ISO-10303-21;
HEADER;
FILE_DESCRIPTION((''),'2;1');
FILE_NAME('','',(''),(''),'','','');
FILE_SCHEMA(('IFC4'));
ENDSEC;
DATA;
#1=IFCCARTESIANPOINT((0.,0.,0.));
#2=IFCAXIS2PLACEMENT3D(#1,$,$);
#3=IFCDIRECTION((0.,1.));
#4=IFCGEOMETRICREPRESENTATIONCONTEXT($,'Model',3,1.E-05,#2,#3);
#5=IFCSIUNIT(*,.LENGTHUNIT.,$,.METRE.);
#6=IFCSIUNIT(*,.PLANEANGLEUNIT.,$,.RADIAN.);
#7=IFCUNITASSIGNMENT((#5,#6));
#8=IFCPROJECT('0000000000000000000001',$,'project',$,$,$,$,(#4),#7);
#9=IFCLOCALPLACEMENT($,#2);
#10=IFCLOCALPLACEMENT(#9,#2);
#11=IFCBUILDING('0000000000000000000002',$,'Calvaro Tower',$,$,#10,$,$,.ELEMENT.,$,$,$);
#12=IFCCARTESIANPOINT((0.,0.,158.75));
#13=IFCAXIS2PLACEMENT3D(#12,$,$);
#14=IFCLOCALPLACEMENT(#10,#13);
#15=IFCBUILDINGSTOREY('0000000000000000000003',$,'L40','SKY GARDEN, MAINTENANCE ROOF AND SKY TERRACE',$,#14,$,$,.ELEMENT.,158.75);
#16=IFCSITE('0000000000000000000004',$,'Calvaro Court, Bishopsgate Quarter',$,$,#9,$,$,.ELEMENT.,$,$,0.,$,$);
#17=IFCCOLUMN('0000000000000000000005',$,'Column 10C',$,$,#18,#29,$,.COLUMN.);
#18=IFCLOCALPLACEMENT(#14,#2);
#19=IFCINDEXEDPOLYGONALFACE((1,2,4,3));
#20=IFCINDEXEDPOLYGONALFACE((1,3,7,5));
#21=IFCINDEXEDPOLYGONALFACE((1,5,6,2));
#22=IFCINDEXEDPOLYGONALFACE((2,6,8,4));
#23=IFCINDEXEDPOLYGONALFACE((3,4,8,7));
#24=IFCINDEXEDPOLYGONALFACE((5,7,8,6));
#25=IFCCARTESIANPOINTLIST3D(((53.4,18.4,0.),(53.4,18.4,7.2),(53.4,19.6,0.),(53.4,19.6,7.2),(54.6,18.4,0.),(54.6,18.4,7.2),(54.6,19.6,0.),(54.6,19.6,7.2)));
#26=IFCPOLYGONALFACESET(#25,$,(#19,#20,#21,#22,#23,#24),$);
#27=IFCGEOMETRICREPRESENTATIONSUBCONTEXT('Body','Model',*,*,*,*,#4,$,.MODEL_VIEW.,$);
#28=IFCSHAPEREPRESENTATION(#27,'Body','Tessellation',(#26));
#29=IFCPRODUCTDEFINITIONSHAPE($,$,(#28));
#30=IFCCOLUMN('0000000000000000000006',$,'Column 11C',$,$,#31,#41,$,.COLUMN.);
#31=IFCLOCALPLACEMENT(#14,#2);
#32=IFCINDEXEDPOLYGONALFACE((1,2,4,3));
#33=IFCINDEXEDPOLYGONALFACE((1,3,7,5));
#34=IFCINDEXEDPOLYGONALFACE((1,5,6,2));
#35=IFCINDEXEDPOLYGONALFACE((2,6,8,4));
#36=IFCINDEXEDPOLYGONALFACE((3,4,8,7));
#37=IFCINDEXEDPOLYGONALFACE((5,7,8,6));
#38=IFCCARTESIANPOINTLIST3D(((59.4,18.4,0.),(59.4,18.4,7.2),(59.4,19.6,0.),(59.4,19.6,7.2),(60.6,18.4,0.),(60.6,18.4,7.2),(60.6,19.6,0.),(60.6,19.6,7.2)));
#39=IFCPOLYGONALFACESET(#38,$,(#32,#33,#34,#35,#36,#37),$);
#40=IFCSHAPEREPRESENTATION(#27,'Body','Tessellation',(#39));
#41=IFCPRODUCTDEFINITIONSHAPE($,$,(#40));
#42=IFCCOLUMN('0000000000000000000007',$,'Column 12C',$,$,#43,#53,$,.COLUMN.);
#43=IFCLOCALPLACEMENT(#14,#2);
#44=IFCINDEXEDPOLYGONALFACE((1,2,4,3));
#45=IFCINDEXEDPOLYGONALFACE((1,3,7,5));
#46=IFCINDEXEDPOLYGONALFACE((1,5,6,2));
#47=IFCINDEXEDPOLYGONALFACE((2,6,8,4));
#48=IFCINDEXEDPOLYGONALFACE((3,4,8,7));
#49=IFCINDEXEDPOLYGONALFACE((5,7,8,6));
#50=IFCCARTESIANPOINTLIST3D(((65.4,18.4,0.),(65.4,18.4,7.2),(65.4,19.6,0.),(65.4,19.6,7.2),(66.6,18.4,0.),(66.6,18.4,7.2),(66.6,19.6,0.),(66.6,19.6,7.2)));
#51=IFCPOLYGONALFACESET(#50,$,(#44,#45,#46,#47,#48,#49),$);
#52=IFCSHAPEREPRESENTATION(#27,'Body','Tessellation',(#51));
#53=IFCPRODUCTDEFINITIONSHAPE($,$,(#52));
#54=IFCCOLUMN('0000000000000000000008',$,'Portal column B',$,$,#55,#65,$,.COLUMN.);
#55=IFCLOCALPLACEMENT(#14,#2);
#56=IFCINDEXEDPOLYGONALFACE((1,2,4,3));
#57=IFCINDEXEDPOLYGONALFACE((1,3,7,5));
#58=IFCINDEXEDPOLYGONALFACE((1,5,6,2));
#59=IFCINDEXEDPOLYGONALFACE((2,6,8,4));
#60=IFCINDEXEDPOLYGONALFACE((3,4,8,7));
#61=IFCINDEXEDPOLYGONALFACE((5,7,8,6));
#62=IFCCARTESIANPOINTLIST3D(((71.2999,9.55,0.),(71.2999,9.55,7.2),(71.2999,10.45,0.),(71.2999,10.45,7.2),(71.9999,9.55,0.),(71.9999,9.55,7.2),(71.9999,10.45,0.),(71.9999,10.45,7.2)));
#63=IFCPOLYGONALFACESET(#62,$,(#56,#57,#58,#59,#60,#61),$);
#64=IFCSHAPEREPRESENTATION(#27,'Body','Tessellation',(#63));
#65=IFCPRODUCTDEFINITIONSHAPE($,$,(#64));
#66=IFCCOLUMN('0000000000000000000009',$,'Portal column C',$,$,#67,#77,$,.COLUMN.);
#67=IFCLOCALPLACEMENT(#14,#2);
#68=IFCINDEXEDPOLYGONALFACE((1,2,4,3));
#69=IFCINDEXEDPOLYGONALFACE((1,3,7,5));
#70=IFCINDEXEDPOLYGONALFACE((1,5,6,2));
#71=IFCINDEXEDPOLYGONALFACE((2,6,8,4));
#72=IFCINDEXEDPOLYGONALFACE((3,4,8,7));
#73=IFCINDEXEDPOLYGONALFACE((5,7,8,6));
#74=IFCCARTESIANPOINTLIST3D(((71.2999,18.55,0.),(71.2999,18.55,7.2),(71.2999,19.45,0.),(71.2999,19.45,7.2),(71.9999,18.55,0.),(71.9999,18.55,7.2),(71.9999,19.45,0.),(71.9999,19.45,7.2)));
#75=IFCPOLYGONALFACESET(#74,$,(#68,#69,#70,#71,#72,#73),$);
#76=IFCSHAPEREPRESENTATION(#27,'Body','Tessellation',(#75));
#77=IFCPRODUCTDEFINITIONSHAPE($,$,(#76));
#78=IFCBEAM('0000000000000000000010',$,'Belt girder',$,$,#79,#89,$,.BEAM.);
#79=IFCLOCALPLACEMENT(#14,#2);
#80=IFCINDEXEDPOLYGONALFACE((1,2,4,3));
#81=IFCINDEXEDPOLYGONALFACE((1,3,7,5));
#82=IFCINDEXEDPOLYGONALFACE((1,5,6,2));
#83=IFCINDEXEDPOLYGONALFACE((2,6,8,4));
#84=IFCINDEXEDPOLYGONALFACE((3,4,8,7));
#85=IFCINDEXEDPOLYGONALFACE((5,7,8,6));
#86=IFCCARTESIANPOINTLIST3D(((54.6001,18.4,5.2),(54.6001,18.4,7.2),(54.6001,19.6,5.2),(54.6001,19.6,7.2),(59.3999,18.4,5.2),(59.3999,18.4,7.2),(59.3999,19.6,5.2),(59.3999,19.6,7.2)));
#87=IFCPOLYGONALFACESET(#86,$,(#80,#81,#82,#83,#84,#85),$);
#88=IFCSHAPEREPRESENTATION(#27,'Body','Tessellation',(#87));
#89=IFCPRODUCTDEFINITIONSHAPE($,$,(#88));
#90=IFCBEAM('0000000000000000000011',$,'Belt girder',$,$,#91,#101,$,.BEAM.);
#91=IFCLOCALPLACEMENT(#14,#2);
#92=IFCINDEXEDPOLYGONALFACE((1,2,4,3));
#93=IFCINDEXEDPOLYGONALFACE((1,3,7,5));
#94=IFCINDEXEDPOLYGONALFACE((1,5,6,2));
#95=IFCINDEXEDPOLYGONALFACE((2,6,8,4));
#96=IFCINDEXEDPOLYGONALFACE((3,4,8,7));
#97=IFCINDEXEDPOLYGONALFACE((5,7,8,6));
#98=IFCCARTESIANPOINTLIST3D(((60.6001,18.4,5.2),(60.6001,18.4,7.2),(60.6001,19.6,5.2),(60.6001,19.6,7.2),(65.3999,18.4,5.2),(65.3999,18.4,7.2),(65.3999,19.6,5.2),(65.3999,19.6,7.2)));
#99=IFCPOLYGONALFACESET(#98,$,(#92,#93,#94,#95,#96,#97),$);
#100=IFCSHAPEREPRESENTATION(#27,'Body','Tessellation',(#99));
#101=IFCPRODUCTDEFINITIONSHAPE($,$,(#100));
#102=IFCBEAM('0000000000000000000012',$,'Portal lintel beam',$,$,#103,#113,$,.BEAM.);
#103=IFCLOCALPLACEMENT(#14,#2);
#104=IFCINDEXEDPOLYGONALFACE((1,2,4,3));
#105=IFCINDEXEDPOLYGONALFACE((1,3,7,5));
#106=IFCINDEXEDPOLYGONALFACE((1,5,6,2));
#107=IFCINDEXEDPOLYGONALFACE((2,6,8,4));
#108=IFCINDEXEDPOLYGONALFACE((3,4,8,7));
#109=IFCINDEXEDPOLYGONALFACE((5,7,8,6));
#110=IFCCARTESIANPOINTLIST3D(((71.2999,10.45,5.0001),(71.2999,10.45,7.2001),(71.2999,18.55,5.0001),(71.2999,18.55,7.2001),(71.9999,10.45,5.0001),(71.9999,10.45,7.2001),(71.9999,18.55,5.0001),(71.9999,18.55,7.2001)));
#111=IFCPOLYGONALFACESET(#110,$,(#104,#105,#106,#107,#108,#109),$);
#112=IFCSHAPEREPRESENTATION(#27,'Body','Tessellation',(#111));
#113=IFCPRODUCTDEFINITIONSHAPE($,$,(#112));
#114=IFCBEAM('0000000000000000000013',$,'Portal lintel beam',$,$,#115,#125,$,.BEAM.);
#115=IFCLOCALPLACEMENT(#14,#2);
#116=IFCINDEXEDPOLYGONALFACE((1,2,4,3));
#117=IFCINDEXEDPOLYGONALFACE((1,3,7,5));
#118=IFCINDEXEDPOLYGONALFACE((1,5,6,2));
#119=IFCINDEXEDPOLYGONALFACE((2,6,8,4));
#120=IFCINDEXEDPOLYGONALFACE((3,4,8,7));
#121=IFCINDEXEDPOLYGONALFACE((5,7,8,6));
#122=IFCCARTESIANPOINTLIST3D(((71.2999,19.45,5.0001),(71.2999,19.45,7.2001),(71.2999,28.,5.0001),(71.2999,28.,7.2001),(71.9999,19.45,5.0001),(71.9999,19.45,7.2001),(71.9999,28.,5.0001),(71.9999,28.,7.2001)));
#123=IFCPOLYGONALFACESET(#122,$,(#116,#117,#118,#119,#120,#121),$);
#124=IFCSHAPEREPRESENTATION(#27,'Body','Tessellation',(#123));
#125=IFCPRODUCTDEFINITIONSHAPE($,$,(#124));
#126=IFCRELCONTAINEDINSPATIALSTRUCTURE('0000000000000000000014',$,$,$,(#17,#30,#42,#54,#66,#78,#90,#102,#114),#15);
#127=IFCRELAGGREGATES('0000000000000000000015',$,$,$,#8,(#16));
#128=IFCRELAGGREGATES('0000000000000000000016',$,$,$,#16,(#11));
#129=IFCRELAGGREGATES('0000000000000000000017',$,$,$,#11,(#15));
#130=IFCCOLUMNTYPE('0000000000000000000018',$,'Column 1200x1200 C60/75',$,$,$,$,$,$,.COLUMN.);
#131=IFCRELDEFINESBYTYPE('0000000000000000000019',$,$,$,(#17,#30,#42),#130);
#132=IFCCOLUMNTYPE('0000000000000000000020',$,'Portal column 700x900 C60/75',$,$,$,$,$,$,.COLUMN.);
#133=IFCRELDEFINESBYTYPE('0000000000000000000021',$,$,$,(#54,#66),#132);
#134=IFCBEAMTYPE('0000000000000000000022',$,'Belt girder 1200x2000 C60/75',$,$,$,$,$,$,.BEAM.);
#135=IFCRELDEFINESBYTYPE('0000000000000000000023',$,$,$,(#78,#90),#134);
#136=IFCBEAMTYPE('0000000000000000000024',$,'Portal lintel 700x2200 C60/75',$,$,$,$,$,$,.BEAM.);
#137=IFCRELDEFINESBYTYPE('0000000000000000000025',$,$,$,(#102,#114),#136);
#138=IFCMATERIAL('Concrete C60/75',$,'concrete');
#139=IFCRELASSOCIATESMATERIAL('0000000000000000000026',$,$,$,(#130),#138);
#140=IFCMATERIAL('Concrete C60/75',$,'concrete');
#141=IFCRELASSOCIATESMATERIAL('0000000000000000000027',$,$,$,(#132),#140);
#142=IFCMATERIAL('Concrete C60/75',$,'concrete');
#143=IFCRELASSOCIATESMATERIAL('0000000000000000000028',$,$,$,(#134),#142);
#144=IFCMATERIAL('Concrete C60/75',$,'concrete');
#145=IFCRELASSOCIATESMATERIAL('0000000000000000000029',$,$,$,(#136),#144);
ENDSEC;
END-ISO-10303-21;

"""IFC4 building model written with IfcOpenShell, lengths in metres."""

from ifc_helpers import new_model, si_unit, direction, frame, origin, origin_2d, place, context, subcontext, project, spatial, rectangle, extrude, material, material_profile, profile_set, type_object, element, save


model = new_model("IFC4")

# Units and contexts
model_context = context("Model", 3, precision=1e-05, world=origin(), true_north=direction((0.0, 1.0)))
body_context = subcontext(model_context, "Body", "Model", "MODEL_VIEW")
ifc_project = project(units=[si_unit("LENGTHUNIT", "METRE"), si_unit("PLANEANGLEUNIT", "RADIAN")], contexts=[model_context])

# Site, building, storey
site_placement = place(None, origin())
site = spatial("IfcSite", under=ifc_project, at=site_placement, Name="Calvaro Court, Bishopsgate Quarter", CompositionType="ELEMENT", RefElevation=0.0)
building_placement = place(site_placement, origin())
building = spatial("IfcBuilding", under=site, at=building_placement, Name="Calvaro Tower", CompositionType="ELEMENT")
storey_placement = place(building_placement, frame((0.0, 0.0, 158.75)))
storey = spatial("IfcBuildingStorey", under=building, at=storey_placement, Name="L40", Description="SKY GARDEN, MAINTENANCE ROOF AND SKY TERRACE", CompositionType="ELEMENT", Elevation=158.75)

# Columns
ifc_material_1 = material(Name="Concrete C60/75", Category="concrete")
ifc_material_profile_1 = material_profile(ifc_material_1, rectangle(XDim=1.2, YDim=1.2, at=origin_2d()), Name="RC 1200x1200")
ifc_profile_set_1 = profile_set([ifc_material_profile_1], Name="Concrete C60/75")
column_type_1 = type_object("IfcColumnType", Name="Column 1200x1200 C60/75", PredefinedType="COLUMN", material=ifc_profile_set_1)
for number, where, z_axis, x_axis, name in (
    (1, (54.0, 19.0, 0.0), (0.0, 0.0, 1.0), (1.0, 0.0, 0.0), "Column 10C"),
    (2, (60.0, 19.0, 0.0), (0.0, 0.0, 1.0), (1.0, 0.0, 0.0), "Column 11C"),
    (3, (66.0, 19.0, 0.0), (0.0, 0.0, 1.0), (1.0, 0.0, 0.0), "Column 12C"),
):
    element("IfcColumn", number, at=place(storey_placement, frame(where, z_axis=z_axis, x_axis=x_axis)), inside=storey, type_object=column_type_1, Name=name, PredefinedType="COLUMN", context=body_context, shape_type="SweptSolid", body=[
        extrude(rectangle(XDim=1.2, YDim=1.2, at=origin_2d()), origin(), (0.0, 0.0, 1.0), 7.2),
    ])
ifc_material_2 = material(Name="Concrete C60/75", Category="concrete")
ifc_material_profile_2 = material_profile(ifc_material_2, rectangle(XDim=0.7, YDim=0.8999, at=origin_2d()), Name="RC 700x900")
ifc_profile_set_2 = profile_set([ifc_material_profile_2], Name="Concrete C60/75")
column_type_2 = type_object("IfcColumnType", Name="Portal column 700x900 C60/75", PredefinedType="COLUMN", material=ifc_profile_set_2)
for number, where, z_axis, x_axis, name in (
    (4, (71.6499, 10.0, 0.0), (0.0, 0.0, 1.0), (1.0, 0.0, 0.0), "Portal column B"),
    (5, (71.6499, 19.0, 0.0), (0.0, 0.0, 1.0), (1.0, 0.0, 0.0), "Portal column C"),
):
    element("IfcColumn", number, at=place(storey_placement, frame(where, z_axis=z_axis, x_axis=x_axis)), inside=storey, type_object=column_type_2, Name=name, PredefinedType="COLUMN", context=body_context, shape_type="SweptSolid", body=[
        extrude(rectangle(XDim=0.7, YDim=0.8999, at=origin_2d()), origin(), (0.0, 0.0, 1.0), 7.2),
    ])

# Beams
ifc_material_3 = material(Name="Concrete C60/75", Category="concrete")
ifc_material_profile_3 = material_profile(ifc_material_3, rectangle(XDim=1.2, YDim=2.0, at=origin_2d()), Name="RC 1200x2000")
ifc_profile_set_3 = profile_set([ifc_material_profile_3], Name="Concrete C60/75")
beam_type_1 = type_object("IfcBeamType", Name="Belt girder 1200x2000 C60/75", PredefinedType="BEAM", material=ifc_profile_set_3)
for number, where, z_axis, x_axis, name in (
    (6, (54.6001, 19.0, 6.2), (1.0, 0.0, 0.0), (0.0, 1.0, 0.0), "Belt girder"),
    (7, (60.6001, 19.0, 6.2), (1.0, 0.0, 0.0), (0.0, 1.0, 0.0), "Belt girder"),
):
    element("IfcBeam", number, at=place(storey_placement, frame(where, z_axis=z_axis, x_axis=x_axis)), inside=storey, type_object=beam_type_1, Name=name, PredefinedType="BEAM", context=body_context, shape_type="SweptSolid", body=[
        extrude(rectangle(XDim=1.2, YDim=2.0, at=origin_2d()), origin(), (0.0, 0.0, 1.0), 4.7998),
    ])
ifc_material_4 = material(Name="Concrete C60/75", Category="concrete")
ifc_material_profile_4 = material_profile(ifc_material_4, rectangle(XDim=0.7, YDim=2.2, at=origin_2d()), Name="RC 700x2200")
ifc_profile_set_4 = profile_set([ifc_material_profile_4], Name="Concrete C60/75")
beam_type_2 = type_object("IfcBeamType", Name="Portal lintel 700x2200 C60/75", PredefinedType="BEAM", material=ifc_profile_set_4)
beam_1_placement = place(storey_placement, frame((71.6499, 10.45, 6.1001), z_axis=(0.0, 1.0, 0.0), x_axis=(-1.0, 0.0, 0.0)))
element("IfcBeam", 8, at=beam_1_placement, inside=storey, type_object=beam_type_2, Name="Portal lintel beam", PredefinedType="BEAM", context=body_context, shape_type="SweptSolid", body=[
    extrude(rectangle(XDim=0.7, YDim=2.2, at=origin_2d()), origin(), (0.0, 0.0, 1.0), 8.1001),
])
beam_2_placement = place(storey_placement, frame((71.6499, 19.45, 6.1001), z_axis=(0.0, 1.0, 0.0), x_axis=(-1.0, 0.0, 0.0)))
element("IfcBeam", 9, at=beam_2_placement, inside=storey, type_object=beam_type_2, Name="Portal lintel beam", PredefinedType="BEAM", context=body_context, shape_type="SweptSolid", body=[
    extrude(rectangle(XDim=0.7, YDim=2.2, at=origin_2d()), origin(), (0.0, 0.0, 1.0), 8.55),
])

save(model, "model.ifc")
